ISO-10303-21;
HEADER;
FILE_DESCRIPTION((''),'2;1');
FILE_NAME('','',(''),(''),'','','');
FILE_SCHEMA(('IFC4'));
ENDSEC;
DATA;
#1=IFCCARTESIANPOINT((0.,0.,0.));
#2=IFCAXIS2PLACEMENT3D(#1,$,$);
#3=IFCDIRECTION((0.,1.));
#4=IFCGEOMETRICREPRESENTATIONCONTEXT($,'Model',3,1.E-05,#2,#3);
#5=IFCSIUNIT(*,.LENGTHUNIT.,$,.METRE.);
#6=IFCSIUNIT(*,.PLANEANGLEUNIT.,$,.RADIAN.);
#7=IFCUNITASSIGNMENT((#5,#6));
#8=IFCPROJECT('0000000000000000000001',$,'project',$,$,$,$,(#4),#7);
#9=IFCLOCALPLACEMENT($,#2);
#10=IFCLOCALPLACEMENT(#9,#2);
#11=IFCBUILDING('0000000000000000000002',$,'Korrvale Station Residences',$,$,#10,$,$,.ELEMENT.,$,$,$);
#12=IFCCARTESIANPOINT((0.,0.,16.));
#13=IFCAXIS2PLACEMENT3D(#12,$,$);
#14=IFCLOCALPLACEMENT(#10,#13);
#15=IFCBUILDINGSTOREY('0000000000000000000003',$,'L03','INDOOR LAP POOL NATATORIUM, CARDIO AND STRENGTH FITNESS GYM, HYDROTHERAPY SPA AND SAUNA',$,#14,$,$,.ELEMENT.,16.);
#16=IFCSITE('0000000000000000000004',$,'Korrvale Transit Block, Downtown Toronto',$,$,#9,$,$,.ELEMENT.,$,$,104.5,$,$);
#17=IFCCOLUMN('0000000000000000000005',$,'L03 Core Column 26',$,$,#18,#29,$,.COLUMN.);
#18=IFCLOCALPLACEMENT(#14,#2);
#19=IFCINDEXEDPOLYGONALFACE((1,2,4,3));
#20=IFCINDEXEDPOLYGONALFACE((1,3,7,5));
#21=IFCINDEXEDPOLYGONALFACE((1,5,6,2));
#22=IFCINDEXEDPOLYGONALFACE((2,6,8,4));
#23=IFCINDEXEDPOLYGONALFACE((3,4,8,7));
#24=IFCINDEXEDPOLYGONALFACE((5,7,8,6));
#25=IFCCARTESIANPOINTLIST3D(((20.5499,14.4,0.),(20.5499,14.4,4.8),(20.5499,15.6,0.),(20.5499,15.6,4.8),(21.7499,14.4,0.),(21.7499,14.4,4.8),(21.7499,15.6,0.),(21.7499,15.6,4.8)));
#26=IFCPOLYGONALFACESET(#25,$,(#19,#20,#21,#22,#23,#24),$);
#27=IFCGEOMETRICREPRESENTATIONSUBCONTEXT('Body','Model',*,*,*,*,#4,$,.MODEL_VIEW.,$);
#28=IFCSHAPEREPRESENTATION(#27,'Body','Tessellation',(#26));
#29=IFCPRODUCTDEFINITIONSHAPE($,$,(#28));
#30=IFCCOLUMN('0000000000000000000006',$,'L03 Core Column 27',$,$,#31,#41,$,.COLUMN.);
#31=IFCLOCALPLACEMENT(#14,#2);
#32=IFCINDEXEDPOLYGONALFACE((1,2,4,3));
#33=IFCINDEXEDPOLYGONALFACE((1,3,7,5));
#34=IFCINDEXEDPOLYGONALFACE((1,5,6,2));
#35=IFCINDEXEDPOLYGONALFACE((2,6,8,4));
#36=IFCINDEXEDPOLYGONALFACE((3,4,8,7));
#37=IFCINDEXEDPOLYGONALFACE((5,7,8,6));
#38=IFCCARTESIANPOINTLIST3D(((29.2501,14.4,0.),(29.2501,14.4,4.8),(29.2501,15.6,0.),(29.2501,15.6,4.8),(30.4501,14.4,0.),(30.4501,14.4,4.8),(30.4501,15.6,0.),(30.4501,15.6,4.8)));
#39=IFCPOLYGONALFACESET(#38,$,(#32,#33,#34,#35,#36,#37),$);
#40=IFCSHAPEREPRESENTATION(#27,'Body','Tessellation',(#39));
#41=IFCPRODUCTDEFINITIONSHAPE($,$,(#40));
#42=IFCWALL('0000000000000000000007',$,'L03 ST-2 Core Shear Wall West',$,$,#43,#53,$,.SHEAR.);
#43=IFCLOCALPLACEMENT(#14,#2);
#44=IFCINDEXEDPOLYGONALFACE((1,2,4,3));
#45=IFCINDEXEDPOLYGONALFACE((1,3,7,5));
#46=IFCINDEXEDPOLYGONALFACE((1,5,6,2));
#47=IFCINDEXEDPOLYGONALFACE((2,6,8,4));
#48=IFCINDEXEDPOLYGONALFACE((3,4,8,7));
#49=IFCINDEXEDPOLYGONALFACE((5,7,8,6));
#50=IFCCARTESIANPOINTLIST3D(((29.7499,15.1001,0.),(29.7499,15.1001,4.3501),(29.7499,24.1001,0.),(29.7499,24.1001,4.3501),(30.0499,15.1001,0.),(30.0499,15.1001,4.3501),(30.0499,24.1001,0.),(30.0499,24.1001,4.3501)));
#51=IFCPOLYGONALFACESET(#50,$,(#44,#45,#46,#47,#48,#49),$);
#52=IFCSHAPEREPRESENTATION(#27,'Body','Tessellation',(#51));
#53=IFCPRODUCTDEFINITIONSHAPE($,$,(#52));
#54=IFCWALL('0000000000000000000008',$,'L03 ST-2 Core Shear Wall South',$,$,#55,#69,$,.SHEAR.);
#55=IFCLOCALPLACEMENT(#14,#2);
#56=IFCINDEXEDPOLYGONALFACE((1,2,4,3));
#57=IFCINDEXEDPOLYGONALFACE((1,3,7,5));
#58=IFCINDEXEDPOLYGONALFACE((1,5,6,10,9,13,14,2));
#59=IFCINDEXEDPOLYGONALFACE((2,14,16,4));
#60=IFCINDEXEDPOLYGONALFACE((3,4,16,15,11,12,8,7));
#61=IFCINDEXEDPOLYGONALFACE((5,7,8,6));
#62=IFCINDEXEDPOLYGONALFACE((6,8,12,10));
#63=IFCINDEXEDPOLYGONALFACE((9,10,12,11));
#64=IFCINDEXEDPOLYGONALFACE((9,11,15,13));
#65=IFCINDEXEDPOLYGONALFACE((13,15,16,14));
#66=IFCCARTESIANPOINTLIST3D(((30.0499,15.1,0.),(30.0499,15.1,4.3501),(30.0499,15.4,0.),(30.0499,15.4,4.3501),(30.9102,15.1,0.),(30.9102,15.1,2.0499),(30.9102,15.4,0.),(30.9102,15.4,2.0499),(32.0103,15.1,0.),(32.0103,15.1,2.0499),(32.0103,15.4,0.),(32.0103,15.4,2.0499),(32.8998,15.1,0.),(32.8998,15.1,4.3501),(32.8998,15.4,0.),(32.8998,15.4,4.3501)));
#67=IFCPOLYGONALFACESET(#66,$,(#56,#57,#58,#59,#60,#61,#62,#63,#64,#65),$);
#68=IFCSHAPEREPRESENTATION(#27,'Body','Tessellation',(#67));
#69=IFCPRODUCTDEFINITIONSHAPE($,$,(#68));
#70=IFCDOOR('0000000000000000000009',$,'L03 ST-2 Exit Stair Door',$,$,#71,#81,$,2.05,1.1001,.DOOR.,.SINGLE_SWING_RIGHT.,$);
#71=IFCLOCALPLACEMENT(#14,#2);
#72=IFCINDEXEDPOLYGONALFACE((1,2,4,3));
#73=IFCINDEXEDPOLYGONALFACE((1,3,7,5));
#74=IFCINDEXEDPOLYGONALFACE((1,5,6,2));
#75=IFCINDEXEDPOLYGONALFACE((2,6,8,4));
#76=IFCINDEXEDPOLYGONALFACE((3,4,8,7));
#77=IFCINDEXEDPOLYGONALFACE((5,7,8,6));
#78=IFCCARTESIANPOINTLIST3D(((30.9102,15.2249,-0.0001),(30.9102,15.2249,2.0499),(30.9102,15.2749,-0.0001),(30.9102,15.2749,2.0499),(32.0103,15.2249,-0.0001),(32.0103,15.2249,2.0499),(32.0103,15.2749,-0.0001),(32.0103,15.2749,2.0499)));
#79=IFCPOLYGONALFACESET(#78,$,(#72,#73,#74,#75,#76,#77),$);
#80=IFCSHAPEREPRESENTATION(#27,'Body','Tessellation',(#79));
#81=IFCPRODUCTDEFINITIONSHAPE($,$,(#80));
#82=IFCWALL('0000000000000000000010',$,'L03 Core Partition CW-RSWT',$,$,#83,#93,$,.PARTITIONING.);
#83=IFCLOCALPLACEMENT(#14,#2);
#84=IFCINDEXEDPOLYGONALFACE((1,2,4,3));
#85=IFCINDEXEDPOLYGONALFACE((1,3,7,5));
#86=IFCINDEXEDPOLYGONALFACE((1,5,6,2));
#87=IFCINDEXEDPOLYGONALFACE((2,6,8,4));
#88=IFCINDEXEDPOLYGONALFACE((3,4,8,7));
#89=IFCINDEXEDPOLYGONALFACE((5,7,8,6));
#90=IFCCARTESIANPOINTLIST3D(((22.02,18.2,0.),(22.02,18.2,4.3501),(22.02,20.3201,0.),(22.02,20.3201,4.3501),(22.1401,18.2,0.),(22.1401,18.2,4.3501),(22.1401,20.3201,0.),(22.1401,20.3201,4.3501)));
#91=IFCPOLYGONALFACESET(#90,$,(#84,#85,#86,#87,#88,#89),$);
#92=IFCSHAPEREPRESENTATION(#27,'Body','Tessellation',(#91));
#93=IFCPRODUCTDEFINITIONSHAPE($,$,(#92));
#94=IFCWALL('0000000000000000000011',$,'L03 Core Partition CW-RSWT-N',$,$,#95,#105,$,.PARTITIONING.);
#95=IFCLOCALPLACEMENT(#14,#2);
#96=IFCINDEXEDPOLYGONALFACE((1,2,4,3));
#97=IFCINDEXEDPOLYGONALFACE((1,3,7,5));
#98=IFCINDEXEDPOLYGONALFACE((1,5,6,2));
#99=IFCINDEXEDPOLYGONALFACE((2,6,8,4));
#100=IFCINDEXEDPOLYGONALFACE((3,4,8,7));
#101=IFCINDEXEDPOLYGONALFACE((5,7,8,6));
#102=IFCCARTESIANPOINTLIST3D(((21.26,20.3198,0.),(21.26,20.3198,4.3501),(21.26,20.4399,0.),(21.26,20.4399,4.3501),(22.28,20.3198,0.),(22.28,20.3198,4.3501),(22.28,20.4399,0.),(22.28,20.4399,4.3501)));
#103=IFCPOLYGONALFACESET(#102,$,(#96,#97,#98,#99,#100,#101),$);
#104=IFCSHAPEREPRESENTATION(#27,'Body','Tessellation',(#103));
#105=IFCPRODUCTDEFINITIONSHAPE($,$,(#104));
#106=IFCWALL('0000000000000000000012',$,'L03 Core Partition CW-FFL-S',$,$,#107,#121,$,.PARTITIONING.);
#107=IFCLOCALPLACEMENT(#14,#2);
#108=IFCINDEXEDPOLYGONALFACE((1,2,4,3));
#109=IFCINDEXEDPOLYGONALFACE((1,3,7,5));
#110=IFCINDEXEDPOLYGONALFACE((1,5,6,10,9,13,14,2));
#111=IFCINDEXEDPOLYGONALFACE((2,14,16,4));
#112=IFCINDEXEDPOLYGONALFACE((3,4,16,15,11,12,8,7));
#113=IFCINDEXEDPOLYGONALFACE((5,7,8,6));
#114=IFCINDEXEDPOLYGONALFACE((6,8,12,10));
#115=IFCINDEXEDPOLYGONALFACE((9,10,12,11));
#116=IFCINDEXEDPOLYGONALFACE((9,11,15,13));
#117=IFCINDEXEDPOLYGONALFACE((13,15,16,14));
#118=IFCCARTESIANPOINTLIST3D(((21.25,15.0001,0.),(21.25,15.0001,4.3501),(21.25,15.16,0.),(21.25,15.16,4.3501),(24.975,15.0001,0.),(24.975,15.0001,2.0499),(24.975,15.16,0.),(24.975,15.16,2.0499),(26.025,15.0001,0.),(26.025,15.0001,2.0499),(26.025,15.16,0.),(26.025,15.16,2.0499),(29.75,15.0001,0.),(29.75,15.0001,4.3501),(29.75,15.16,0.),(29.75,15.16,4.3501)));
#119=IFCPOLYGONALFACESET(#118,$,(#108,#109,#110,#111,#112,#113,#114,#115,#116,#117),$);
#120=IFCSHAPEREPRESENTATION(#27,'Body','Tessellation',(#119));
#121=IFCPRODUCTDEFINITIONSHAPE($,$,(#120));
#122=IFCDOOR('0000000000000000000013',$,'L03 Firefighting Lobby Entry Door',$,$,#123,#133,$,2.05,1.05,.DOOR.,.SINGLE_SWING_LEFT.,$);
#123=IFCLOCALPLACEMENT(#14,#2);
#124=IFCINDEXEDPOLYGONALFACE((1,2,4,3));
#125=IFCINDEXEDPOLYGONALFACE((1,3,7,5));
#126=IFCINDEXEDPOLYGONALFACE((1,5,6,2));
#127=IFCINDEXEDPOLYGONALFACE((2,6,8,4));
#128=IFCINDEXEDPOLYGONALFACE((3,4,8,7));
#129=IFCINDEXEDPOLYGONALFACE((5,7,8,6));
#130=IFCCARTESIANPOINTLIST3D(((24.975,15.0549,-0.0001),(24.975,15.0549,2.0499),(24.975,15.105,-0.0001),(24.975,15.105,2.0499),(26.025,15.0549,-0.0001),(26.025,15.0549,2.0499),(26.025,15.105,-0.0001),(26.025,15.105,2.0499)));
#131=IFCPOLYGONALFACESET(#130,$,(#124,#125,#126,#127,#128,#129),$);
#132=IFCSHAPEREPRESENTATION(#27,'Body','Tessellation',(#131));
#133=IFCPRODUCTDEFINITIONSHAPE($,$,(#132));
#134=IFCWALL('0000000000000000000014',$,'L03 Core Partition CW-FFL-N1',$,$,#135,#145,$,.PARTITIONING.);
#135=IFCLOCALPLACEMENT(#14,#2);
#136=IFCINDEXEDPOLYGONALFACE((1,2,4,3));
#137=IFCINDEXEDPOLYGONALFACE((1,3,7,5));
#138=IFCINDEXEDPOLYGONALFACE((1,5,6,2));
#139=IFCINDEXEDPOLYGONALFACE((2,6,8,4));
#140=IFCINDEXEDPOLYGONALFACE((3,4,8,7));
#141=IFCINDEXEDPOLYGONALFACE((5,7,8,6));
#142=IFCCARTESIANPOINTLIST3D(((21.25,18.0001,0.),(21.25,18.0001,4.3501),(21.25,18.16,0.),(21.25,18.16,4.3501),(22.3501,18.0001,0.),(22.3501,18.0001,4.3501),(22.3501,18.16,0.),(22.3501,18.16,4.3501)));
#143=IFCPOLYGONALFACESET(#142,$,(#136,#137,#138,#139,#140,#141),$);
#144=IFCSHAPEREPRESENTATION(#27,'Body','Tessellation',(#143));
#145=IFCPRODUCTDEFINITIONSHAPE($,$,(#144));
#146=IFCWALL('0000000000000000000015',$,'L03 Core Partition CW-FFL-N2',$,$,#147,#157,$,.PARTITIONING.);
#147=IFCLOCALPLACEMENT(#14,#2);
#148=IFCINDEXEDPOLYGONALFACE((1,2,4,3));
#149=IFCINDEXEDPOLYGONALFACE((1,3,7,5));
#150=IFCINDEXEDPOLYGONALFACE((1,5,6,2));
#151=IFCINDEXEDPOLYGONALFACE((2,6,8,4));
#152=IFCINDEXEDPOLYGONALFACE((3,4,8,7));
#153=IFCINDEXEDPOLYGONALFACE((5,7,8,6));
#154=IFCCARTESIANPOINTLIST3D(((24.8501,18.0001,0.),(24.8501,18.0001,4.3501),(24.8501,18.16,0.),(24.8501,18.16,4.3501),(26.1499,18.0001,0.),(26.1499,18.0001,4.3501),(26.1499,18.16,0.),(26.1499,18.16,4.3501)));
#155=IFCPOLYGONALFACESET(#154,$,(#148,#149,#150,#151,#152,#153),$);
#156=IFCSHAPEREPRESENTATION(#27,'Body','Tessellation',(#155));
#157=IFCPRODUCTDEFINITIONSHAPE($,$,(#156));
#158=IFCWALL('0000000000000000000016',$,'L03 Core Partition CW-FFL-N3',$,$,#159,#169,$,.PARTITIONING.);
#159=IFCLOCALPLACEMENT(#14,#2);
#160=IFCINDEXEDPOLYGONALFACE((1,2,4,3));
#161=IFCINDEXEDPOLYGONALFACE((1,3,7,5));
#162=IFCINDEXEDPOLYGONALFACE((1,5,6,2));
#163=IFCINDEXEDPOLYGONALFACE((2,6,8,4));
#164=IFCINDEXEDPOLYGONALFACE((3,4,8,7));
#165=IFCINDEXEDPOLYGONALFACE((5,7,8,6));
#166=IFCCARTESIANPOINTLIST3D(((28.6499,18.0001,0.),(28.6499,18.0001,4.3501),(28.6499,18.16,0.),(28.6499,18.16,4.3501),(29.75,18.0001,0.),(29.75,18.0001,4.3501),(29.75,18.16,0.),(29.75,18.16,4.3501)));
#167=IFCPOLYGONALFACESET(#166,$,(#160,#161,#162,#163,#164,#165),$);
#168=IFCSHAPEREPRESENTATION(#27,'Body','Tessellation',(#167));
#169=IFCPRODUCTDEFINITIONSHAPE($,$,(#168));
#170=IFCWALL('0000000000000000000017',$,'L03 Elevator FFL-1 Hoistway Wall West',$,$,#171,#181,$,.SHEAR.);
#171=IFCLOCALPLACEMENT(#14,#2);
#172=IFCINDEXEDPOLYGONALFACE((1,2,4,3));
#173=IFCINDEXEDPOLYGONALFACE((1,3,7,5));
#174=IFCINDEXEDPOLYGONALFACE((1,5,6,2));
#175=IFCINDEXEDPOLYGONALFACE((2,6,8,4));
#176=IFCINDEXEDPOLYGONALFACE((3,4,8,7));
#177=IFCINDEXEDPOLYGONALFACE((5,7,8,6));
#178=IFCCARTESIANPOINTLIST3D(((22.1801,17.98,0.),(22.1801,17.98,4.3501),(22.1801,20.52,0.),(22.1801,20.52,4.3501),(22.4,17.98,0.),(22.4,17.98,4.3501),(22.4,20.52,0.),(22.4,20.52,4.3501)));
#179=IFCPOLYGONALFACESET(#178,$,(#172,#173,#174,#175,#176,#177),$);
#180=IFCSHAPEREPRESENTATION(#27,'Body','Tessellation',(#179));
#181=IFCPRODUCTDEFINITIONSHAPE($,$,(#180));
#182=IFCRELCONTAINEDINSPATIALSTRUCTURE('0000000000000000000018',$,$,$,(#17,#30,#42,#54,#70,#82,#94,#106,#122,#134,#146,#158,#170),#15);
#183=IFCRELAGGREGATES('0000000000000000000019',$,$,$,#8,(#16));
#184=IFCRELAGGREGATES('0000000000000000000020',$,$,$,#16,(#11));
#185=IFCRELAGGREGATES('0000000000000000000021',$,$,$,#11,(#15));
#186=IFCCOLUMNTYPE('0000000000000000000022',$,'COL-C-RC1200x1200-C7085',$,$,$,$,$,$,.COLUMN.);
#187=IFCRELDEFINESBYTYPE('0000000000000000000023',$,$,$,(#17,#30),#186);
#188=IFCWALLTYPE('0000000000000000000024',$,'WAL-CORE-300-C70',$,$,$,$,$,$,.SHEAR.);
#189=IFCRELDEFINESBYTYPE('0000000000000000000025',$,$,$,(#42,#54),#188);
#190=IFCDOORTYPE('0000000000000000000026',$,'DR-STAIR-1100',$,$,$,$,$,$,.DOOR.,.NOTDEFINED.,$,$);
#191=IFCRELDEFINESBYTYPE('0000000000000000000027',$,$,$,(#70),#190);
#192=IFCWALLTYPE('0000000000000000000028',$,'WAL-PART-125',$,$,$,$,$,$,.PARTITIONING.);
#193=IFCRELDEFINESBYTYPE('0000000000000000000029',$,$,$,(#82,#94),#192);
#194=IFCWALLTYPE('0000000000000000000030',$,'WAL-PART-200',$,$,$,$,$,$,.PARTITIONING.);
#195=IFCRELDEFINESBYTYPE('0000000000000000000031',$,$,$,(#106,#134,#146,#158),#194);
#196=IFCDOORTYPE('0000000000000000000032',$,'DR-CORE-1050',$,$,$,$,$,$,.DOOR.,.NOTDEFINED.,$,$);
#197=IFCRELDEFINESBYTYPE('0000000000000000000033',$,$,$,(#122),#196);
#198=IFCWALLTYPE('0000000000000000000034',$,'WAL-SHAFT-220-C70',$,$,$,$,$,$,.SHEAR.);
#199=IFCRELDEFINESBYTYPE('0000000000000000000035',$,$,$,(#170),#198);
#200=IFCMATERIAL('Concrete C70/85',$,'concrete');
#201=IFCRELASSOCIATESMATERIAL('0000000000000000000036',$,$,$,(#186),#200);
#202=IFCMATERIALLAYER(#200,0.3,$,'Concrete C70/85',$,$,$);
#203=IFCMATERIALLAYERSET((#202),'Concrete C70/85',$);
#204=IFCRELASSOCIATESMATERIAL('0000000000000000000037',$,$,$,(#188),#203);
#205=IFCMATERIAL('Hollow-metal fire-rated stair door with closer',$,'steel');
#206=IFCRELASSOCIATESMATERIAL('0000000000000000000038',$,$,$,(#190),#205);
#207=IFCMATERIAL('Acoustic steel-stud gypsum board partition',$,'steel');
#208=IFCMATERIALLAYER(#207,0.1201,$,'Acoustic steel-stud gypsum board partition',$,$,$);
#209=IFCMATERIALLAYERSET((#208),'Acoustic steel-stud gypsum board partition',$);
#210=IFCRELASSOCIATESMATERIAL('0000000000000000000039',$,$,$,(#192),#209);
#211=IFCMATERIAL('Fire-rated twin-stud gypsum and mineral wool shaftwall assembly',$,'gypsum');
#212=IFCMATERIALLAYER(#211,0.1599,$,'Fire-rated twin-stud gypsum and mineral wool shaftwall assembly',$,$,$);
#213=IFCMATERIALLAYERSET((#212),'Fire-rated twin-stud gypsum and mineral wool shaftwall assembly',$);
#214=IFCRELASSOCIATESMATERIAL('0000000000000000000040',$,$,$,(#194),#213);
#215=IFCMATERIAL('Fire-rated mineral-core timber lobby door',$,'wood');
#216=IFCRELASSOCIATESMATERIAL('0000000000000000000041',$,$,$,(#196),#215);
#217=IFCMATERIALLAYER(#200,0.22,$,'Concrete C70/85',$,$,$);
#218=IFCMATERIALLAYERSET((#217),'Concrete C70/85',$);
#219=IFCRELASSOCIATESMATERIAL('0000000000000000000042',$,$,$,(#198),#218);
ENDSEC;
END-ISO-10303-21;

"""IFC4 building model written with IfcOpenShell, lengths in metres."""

from ifc_helpers import new_model, si_unit, direction, frame, frame_2d, origin, origin_2d, place, context, subcontext, project, spatial, rectangle, extrude, material, layer, layer_set, material_profile, profile_set, type_object, element, fill, save


model = new_model("IFC4")

# Units and contexts
model_context = context("Model", 3, precision=1e-05, world=origin(), true_north=direction((0.0, 1.0)))
body_context = subcontext(model_context, "Body", "Model", "MODEL_VIEW")
ifc_project = project(units=[si_unit("LENGTHUNIT", "METRE"), si_unit("PLANEANGLEUNIT", "RADIAN")], contexts=[model_context])

# Site, building, storey
site_placement = place(None, origin())
site = spatial("IfcSite", under=ifc_project, at=site_placement, Name="Korrvale Transit Block, Downtown Toronto", CompositionType="ELEMENT", RefElevation=104.5)
building_placement = place(site_placement, origin())
building = spatial("IfcBuilding", under=site, at=building_placement, Name="Korrvale Station Residences", CompositionType="ELEMENT")
storey_placement = place(building_placement, frame((0.0, 0.0, 16.0)))
storey = spatial("IfcBuildingStorey", under=building, at=storey_placement, Name="L03", Description="INDOOR LAP POOL NATATORIUM, CARDIO AND STRENGTH FITNESS GYM, HYDROTHERAPY SPA AND SAUNA", CompositionType="ELEMENT", Elevation=16.0)

# Columns
ifc_material_1 = material(Name="Concrete C70/85", Category="concrete")
ifc_material_profile = material_profile(ifc_material_1, rectangle(XDim=1.2, YDim=1.2, at=origin_2d()), Name="RC1200x1200")
ifc_profile_set = profile_set([ifc_material_profile], Name="Concrete C70/85")
column_type = type_object("IfcColumnType", Name="COL-C-RC1200x1200-C7085", PredefinedType="COLUMN", material=ifc_profile_set)
for number, where, z_axis, x_axis, name in (
    (1, (21.1499, 15.0, 0.0), (0.0, 0.0, 1.0), (1.0, 0.0, 0.0), "L03 Core Column 26"),
    (2, (29.8501, 15.0, 0.0), (0.0, 0.0, 1.0), (1.0, 0.0, 0.0), "L03 Core Column 27"),
):
    element("IfcColumn", number, at=place(storey_placement, frame(where, z_axis=z_axis, x_axis=x_axis)), inside=storey, type_object=column_type, Name=name, PredefinedType="COLUMN", context=body_context, shape_type="SweptSolid", body=[
        extrude(rectangle(XDim=1.2, YDim=1.2, at=origin_2d()), origin(), (0.0, 0.0, 1.0), 4.8),
    ])

# Wall
ifc_layer_1 = layer(ifc_material_1, 0.3, Name="Concrete C70/85")
ifc_layer_set_1 = layer_set([ifc_layer_1], Name="Concrete C70/85")
wall_type_1 = type_object("IfcWallType", Name="WAL-CORE-300-C70", PredefinedType="SHEAR", material=ifc_layer_set_1)
wall_1_placement = place(storey_placement, frame((29.8999, 15.1001, 0.0), z_axis=(0.0, 0.0, 1.0), x_axis=(0.0, 1.0, 0.0)))
element("IfcWall", 3, at=wall_1_placement, inside=storey, type_object=wall_type_1, Name="L03 ST-2 Core Shear Wall West", PredefinedType="SHEAR", context=body_context, shape_type="SweptSolid", body=[
    extrude(rectangle(XDim=9.0, YDim=0.3, at=frame_2d((4.5, 0.0))), origin(), (0.0, 0.0, 1.0), 4.3501),
])

# Wall, opening, door
wall_2_placement = place(storey_placement, frame((30.05, 15.25, 0.0), z_axis=(0.0, 0.0, 1.0), x_axis=(1.0, 0.0, 0.0)))
wall_2 = element("IfcWall", 4, at=wall_2_placement, inside=storey, type_object=wall_type_1, Name="L03 ST-2 Core Shear Wall South", PredefinedType="SHEAR", context=body_context, shape_type="SweptSolid", body=[
    extrude(rectangle(XDim=2.8499, YDim=0.3, at=frame_2d((1.4248, 0.0))), origin(), (0.0, 0.0, 1.0), 4.3501),
])
opening_1_placement = place(wall_2_placement, frame((0.8601, 0.0, 0.0)))
opening_1 = element("IfcOpeningElement", 5, at=opening_1_placement, cuts=wall_2, PredefinedType="OPENING", context=body_context, shape_type="SweptSolid", body=[
    extrude(rectangle(XDim=1.1001, YDim=2.05, at=frame_2d((0.55, 1.0249))), frame((0.0, 0.1602, 0.0), z_axis=(0.0, -1.0, 0.0), x_axis=(1.0, 0.0, 0.0)), (0.0, 0.0, 1.0), 0.3201),
])
ifc_material_2 = material(Name="Hollow-metal fire-rated stair door with closer", Category="steel")
door_type_1 = type_object("IfcDoorType", Name="DR-STAIR-1100", OperationType="NOTDEFINED", PredefinedType="DOOR", material=ifc_material_2)
door_1_placement = place(opening_1_placement, origin())
door_1 = element("IfcDoor", 6, at=door_1_placement, inside=storey, type_object=door_type_1, Name="L03 ST-2 Exit Stair Door", OperationType="SINGLE_SWING_RIGHT", OverallHeight=2.05, OverallWidth=1.1001, PredefinedType="DOOR", context=body_context, shape_type="SweptSolid", body=[
    extrude(rectangle(XDim=1.1001, YDim=2.05, at=frame_2d((0.55, 1.0249))), frame((0.0, 0.0249, 0.0), z_axis=(0.0, -1.0, 0.0), x_axis=(1.0, 0.0, 0.0)), (0.0, 0.0, 1.0), 0.05),
])
fill(opening_1, door_1)

# Walls
ifc_material_3 = material(Name="Acoustic steel-stud gypsum board partition", Category="steel")
ifc_layer_2 = layer(ifc_material_3, 0.1201, Name="Acoustic steel-stud gypsum board partition")
ifc_layer_set_2 = layer_set([ifc_layer_2], Name="Acoustic steel-stud gypsum board partition")
wall_type_2 = type_object("IfcWallType", Name="WAL-PART-125", PredefinedType="PARTITIONING", material=ifc_layer_set_2)
wall_3_placement = place(storey_placement, frame((22.0801, 18.2, 0.0), z_axis=(0.0, 0.0, 1.0), x_axis=(0.0, 1.0, 0.0)))
element("IfcWall", 7, at=wall_3_placement, inside=storey, type_object=wall_type_2, Name="L03 Core Partition CW-RSWT", PredefinedType="PARTITIONING", context=body_context, shape_type="SweptSolid", body=[
    extrude(rectangle(XDim=2.1201, YDim=0.1201, at=frame_2d((1.0601, 0.0))), origin(), (0.0, 0.0, 1.0), 4.3501),
])
wall_4_placement = place(storey_placement, frame((22.28, 20.3799, 0.0), z_axis=(0.0, 0.0, 1.0), x_axis=(-1.0, 0.0, 0.0)))
element("IfcWall", 8, at=wall_4_placement, inside=storey, type_object=wall_type_2, Name="L03 Core Partition CW-RSWT-N", PredefinedType="PARTITIONING", context=body_context, shape_type="SweptSolid", body=[
    extrude(rectangle(XDim=1.02, YDim=0.1201, at=frame_2d((0.51, 0.0))), origin(), (0.0, 0.0, 1.0), 4.3501),
])

# Wall, opening, door
ifc_material_4 = material(Name="Fire-rated twin-stud gypsum and mineral wool shaftwall assembly", Category="gypsum")
ifc_layer_3 = layer(ifc_material_4, 0.1599, Name="Fire-rated twin-stud gypsum and mineral wool shaftwall assembly")
ifc_layer_set_3 = layer_set([ifc_layer_3], Name="Fire-rated twin-stud gypsum and mineral wool shaftwall assembly")
wall_type_3 = type_object("IfcWallType", Name="WAL-PART-200", PredefinedType="PARTITIONING", material=ifc_layer_set_3)
wall_5_placement = place(storey_placement, frame((21.25, 15.0801, 0.0), z_axis=(0.0, 0.0, 1.0), x_axis=(1.0, 0.0, 0.0)))
wall_5 = element("IfcWall", 9, at=wall_5_placement, inside=storey, type_object=wall_type_3, Name="L03 Core Partition CW-FFL-S", PredefinedType="PARTITIONING", context=body_context, shape_type="SweptSolid", body=[
    extrude(rectangle(XDim=8.5, YDim=0.1599, at=frame_2d((4.25, 0.0))), origin(), (0.0, 0.0, 1.0), 4.3501),
])
opening_2_placement = place(wall_5_placement, frame((3.7251, 0.0, 0.0)))
opening_2 = element("IfcOpeningElement", 10, at=opening_2_placement, cuts=wall_5, PredefinedType="OPENING", context=body_context, shape_type="SweptSolid", body=[
    extrude(rectangle(XDim=1.05, YDim=2.05, at=frame_2d((0.5249, 1.0249))), frame((0.0, 0.0898, 0.0), z_axis=(0.0, -1.0, 0.0), x_axis=(1.0, 0.0, 0.0)), (0.0, 0.0, 1.0), 0.1799),
])
ifc_material_5 = material(Name="Fire-rated mineral-core timber lobby door", Category="wood")
door_type_2 = type_object("IfcDoorType", Name="DR-CORE-1050", OperationType="NOTDEFINED", PredefinedType="DOOR", material=ifc_material_5)
door_2_placement = place(opening_2_placement, origin())
door_2 = element("IfcDoor", 11, at=door_2_placement, inside=storey, type_object=door_type_2, Name="L03 Firefighting Lobby Entry Door", OperationType="SINGLE_SWING_LEFT", OverallHeight=2.05, OverallWidth=1.05, PredefinedType="DOOR", context=body_context, shape_type="SweptSolid", body=[
    extrude(rectangle(XDim=1.05, YDim=2.05, at=frame_2d((0.5249, 1.0249))), frame((0.0, 0.0249, 0.0), z_axis=(0.0, -1.0, 0.0), x_axis=(1.0, 0.0, 0.0)), (0.0, 0.0, 1.0), 0.05),
])
fill(opening_2, door_2)

# Walls
wall_6_placement = place(storey_placement, frame((21.25, 18.0801, 0.0), z_axis=(0.0, 0.0, 1.0), x_axis=(1.0, 0.0, 0.0)))
element("IfcWall", 12, at=wall_6_placement, inside=storey, type_object=wall_type_3, Name="L03 Core Partition CW-FFL-N1", PredefinedType="PARTITIONING", context=body_context, shape_type="SweptSolid", body=[
    extrude(rectangle(XDim=1.1001, YDim=0.1599, at=frame_2d((0.55, 0.0))), origin(), (0.0, 0.0, 1.0), 4.3501),
])
wall_7_placement = place(storey_placement, frame((24.8501, 18.0801, 0.0), z_axis=(0.0, 0.0, 1.0), x_axis=(1.0, 0.0, 0.0)))
element("IfcWall", 13, at=wall_7_placement, inside=storey, type_object=wall_type_3, Name="L03 Core Partition CW-FFL-N2", PredefinedType="PARTITIONING", context=body_context, shape_type="SweptSolid", body=[
    extrude(rectangle(XDim=1.2998, YDim=0.1599, at=frame_2d((0.6499, 0.0))), origin(), (0.0, 0.0, 1.0), 4.3501),
])
wall_8_placement = place(storey_placement, frame((28.6499, 18.0801, 0.0), z_axis=(0.0, 0.0, 1.0), x_axis=(1.0, 0.0, 0.0)))
element("IfcWall", 14, at=wall_8_placement, inside=storey, type_object=wall_type_3, Name="L03 Core Partition CW-FFL-N3", PredefinedType="PARTITIONING", context=body_context, shape_type="SweptSolid", body=[
    extrude(rectangle(XDim=1.1001, YDim=0.1599, at=frame_2d((0.55, 0.0))), origin(), (0.0, 0.0, 1.0), 4.3501),
])

# Shared definitions
ifc_layer_4 = layer(ifc_material_1, 0.22, Name="Concrete C70/85")
ifc_layer_set_4 = layer_set([ifc_layer_4], Name="Concrete C70/85")
wall_type_4 = type_object("IfcWallType", Name="WAL-SHAFT-220-C70", PredefinedType="SHEAR", material=ifc_layer_set_4)

# Wall
for number, where, z_axis, x_axis, name in (
    (15, (22.29, 17.98, 0.0), (0.0, 0.0, 1.0), (0.0, 1.0, 0.0), "L03 Elevator FFL-1 Hoistway Wall West"),
):
    element("IfcWall", number, at=place(storey_placement, frame(where, z_axis=z_axis, x_axis=x_axis)), inside=storey, type_object=wall_type_4, Name=name, PredefinedType="SHEAR", context=body_context, shape_type="SweptSolid", body=[
        extrude(rectangle(XDim=2.54, YDim=0.22, at=frame_2d((1.27, 0.0))), origin(), (0.0, 0.0, 1.0), 4.3501),
    ])

save(model, "model.ifc")
